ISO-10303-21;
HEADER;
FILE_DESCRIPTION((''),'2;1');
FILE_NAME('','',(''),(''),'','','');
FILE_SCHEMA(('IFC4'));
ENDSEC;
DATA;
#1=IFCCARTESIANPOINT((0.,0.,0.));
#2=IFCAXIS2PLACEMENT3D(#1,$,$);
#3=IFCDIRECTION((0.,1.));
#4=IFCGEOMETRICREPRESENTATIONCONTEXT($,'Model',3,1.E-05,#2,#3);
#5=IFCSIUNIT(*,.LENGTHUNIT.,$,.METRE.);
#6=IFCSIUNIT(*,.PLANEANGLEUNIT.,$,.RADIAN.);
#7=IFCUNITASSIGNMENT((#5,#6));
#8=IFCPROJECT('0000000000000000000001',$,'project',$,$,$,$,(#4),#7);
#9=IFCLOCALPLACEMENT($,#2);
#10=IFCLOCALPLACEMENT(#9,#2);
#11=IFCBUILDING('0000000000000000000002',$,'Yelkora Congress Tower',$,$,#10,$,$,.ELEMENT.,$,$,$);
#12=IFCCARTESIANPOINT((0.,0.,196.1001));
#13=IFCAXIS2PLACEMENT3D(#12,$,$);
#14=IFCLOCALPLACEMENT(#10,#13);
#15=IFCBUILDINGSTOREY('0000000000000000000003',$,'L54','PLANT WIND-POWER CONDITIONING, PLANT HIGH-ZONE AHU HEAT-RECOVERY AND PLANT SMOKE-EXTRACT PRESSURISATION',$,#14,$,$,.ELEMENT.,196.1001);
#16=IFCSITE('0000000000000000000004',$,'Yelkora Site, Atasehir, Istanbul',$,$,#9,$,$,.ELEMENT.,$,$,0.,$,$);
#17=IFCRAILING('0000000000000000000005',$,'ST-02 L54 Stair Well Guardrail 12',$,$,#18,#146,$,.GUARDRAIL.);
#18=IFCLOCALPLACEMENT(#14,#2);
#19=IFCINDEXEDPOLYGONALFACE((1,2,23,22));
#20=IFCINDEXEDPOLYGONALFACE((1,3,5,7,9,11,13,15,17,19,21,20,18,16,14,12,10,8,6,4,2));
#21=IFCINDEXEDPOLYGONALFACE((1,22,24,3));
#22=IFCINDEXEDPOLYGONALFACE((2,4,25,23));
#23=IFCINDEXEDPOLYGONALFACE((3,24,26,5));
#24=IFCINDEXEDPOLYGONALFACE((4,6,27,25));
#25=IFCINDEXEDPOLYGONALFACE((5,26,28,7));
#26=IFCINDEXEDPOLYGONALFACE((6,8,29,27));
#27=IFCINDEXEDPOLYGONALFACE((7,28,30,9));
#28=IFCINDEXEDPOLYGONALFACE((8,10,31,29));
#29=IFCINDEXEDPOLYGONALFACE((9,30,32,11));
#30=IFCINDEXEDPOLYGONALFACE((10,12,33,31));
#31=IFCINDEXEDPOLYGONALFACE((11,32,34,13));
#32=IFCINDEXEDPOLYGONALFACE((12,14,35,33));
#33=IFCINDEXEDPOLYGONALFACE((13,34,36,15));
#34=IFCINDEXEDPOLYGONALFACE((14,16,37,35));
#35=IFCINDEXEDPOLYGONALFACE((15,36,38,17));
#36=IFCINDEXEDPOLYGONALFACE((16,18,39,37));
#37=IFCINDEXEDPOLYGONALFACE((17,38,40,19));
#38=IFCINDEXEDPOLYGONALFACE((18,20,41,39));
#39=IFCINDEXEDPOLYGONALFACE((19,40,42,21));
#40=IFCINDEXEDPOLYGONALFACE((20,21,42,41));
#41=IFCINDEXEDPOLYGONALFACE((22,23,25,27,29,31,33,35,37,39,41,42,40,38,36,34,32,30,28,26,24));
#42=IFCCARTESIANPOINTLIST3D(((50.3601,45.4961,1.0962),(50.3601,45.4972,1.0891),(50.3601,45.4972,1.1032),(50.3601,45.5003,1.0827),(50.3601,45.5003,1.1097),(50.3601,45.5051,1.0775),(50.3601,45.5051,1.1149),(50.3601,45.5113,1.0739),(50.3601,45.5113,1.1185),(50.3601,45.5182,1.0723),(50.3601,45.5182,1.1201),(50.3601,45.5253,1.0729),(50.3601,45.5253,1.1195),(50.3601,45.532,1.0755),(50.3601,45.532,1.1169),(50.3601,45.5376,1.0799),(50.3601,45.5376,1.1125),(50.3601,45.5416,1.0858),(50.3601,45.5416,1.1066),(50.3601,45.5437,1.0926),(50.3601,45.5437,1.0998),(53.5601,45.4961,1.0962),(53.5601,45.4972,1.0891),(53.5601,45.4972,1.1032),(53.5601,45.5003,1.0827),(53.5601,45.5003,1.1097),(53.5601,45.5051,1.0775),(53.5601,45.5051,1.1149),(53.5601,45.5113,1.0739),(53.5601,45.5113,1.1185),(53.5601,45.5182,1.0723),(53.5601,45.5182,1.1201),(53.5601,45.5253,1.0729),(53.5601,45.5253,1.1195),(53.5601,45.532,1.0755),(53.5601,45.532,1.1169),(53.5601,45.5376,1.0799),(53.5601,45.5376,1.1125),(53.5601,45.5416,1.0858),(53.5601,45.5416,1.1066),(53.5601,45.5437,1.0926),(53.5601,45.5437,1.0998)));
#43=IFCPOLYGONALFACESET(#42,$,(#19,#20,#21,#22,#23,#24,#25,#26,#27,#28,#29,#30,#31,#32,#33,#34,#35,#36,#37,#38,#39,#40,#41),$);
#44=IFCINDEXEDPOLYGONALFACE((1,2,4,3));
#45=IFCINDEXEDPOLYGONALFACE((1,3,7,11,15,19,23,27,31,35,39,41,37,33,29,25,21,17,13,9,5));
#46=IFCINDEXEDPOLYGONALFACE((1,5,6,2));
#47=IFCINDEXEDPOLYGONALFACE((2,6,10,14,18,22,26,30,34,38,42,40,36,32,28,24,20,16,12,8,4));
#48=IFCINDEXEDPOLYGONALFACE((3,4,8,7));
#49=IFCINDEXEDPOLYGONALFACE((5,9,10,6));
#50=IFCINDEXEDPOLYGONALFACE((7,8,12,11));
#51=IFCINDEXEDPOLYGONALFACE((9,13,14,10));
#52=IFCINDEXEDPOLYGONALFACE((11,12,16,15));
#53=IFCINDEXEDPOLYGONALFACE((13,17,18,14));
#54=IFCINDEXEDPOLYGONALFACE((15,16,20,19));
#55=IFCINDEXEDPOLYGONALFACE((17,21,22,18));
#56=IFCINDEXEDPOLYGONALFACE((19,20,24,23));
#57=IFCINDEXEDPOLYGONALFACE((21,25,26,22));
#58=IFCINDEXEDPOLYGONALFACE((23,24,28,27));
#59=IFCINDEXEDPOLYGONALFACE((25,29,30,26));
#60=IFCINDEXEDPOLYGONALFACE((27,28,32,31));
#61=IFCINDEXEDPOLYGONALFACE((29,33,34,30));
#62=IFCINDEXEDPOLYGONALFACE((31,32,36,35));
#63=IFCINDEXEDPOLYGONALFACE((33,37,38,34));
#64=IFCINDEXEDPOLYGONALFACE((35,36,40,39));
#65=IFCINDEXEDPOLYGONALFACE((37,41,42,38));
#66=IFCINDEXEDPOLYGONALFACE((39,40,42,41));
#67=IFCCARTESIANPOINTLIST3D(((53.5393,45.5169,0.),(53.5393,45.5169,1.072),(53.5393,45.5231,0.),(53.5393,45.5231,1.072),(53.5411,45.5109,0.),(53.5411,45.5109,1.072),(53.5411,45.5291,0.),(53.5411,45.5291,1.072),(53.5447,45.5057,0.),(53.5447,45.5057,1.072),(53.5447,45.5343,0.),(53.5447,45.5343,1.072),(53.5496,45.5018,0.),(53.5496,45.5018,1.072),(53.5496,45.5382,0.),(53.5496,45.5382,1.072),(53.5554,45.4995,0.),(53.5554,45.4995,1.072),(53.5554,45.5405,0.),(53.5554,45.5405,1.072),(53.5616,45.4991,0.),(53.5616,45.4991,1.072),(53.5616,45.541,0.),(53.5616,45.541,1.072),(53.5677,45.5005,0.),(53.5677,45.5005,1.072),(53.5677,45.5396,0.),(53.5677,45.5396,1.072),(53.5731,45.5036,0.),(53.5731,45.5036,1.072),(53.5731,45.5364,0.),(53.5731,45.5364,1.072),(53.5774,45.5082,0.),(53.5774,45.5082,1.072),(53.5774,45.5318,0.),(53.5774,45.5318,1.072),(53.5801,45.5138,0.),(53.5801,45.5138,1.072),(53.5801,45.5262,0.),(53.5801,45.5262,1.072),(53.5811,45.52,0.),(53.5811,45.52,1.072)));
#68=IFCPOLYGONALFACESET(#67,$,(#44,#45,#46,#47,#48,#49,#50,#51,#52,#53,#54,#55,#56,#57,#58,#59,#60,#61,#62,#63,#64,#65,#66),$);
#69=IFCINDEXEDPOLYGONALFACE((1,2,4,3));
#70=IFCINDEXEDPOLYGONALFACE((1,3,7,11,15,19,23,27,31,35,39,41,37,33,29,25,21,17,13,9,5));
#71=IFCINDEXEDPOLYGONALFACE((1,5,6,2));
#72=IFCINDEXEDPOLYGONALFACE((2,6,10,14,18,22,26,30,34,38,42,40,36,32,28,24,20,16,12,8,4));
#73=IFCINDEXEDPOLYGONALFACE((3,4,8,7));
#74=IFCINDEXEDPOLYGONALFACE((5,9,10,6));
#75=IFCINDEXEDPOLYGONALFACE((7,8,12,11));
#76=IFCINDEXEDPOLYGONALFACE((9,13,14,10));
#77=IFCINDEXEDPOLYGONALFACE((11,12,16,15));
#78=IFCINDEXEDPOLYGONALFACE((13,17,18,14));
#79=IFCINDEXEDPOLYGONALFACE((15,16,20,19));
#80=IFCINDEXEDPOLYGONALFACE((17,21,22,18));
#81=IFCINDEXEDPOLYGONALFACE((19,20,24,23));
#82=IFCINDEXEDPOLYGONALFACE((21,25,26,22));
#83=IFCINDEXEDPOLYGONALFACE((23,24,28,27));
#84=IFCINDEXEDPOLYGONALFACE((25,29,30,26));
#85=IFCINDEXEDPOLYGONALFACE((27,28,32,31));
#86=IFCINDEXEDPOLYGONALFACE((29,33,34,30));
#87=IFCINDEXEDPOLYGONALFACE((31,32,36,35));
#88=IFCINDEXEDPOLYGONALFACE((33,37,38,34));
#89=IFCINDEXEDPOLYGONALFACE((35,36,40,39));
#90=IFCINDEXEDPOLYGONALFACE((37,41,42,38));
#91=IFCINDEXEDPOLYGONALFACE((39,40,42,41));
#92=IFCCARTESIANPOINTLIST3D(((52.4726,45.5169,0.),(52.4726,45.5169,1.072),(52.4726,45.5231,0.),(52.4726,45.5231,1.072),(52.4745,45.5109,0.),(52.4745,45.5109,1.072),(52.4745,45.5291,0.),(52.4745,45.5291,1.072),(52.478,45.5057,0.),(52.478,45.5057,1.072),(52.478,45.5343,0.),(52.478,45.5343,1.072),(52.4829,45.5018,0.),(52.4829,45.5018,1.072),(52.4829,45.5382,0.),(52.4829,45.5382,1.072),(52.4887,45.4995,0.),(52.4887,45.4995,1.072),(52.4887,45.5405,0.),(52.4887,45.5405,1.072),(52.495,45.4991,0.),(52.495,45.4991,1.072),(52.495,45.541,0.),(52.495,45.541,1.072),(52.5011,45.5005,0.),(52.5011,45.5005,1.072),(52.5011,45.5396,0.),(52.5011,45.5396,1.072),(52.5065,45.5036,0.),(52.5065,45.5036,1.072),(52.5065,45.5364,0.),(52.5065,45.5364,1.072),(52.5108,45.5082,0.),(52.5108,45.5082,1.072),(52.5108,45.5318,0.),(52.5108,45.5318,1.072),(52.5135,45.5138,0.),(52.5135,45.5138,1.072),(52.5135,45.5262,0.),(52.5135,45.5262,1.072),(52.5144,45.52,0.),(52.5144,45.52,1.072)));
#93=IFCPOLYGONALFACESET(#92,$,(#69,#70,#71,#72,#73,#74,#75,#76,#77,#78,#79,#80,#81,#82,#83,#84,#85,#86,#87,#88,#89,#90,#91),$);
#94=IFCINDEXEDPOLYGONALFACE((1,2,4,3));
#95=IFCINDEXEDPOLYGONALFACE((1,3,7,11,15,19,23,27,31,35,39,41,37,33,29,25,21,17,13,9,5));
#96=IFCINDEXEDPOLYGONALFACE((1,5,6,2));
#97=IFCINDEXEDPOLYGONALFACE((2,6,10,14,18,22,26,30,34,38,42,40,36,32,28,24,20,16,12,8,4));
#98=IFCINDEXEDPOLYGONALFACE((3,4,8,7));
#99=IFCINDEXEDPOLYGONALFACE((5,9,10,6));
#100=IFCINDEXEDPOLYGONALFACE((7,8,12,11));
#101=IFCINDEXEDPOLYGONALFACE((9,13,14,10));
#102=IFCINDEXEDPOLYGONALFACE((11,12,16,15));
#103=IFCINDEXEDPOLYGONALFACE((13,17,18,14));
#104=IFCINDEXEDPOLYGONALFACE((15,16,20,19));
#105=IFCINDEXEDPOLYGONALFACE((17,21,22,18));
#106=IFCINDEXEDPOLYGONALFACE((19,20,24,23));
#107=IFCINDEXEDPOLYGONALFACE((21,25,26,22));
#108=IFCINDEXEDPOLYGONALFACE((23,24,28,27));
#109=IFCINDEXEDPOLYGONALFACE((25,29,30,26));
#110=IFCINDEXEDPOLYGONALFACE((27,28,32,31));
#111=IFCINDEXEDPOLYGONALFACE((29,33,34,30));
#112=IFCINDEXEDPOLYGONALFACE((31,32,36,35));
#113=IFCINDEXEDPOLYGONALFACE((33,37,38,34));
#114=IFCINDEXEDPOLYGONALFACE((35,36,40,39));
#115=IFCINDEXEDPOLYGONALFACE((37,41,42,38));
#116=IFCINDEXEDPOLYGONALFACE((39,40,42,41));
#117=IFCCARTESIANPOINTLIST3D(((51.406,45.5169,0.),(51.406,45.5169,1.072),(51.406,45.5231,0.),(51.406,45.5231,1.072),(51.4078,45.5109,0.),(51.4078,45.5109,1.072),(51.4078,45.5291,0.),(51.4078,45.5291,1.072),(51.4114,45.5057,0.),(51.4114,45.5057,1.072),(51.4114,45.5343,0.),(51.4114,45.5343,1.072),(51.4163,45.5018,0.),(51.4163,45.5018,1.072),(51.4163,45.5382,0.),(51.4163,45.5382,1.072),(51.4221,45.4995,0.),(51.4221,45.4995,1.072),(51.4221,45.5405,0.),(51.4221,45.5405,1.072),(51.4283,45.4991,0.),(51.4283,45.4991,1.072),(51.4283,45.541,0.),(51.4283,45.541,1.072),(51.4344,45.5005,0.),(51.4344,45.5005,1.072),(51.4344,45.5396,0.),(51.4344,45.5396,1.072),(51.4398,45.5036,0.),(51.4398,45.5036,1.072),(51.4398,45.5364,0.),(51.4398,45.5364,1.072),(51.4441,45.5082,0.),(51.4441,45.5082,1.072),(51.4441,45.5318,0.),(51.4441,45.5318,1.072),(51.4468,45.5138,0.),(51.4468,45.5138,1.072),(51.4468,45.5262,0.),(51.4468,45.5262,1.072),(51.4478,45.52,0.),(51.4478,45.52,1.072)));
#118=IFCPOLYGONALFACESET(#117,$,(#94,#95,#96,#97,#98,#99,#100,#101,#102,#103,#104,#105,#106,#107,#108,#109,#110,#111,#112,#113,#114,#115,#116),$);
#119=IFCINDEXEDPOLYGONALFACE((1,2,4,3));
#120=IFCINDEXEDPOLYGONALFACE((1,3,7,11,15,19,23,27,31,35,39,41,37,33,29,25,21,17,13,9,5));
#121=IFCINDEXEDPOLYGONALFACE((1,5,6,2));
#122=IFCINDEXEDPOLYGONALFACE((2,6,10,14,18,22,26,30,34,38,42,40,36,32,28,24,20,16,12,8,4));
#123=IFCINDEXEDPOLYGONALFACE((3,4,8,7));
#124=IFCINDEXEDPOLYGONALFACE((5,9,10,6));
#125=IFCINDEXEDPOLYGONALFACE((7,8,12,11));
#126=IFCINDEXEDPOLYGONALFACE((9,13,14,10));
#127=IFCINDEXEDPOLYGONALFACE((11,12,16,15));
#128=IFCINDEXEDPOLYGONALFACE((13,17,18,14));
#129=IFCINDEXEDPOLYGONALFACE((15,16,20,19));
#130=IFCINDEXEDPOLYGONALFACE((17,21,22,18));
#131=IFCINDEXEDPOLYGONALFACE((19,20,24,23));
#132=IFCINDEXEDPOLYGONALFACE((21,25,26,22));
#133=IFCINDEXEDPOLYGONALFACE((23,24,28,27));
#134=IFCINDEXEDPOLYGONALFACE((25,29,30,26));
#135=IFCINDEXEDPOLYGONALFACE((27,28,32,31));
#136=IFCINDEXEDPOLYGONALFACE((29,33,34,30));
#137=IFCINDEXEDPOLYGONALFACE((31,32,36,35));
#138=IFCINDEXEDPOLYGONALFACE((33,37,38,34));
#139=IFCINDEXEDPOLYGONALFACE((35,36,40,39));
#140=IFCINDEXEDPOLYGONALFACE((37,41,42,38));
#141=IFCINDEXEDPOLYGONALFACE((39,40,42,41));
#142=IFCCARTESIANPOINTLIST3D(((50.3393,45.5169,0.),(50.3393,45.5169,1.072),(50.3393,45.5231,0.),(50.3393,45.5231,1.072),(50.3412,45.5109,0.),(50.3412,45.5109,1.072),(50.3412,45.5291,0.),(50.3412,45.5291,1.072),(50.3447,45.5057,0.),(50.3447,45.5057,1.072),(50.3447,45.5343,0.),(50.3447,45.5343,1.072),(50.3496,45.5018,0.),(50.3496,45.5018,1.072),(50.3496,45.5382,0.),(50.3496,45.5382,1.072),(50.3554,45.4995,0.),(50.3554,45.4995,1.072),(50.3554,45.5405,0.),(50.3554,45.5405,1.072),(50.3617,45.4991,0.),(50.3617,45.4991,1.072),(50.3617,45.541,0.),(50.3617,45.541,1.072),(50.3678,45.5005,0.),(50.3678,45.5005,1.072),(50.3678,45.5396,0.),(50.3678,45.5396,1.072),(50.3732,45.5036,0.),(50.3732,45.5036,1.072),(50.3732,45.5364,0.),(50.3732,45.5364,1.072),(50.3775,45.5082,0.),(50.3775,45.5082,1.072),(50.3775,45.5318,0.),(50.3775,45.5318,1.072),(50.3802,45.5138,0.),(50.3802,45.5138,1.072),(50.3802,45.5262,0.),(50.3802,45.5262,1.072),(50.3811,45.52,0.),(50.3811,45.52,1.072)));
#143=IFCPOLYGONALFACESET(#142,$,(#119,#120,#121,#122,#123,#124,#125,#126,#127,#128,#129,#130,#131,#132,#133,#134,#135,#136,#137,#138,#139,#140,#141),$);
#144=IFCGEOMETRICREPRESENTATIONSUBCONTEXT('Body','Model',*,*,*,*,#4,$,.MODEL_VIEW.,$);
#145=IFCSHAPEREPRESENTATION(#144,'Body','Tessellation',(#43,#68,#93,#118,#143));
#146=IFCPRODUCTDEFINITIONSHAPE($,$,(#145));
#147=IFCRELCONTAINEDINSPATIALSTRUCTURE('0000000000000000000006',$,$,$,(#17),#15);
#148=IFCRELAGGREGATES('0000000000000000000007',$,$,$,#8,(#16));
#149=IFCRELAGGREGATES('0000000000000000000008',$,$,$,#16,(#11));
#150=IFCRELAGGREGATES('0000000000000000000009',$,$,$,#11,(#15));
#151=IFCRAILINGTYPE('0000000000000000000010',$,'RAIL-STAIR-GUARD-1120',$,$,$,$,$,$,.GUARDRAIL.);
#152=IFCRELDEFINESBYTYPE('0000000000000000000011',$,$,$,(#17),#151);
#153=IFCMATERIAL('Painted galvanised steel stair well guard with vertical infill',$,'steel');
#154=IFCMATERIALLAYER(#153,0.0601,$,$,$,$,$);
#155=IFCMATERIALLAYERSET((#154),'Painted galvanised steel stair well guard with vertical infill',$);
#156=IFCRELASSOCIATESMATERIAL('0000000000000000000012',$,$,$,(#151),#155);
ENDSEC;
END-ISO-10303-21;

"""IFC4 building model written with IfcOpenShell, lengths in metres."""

from ifc_helpers import new_model, si_unit, direction, frame, origin, origin_2d, place, context, subcontext, project, spatial, circle, extrude, material, layer, layer_set, type_object, element, save


model = new_model("IFC4")

# Units and contexts
model_context = context("Model", 3, precision=1e-05, world=origin(), true_north=direction((0.0, 1.0)))
body_context = subcontext(model_context, "Body", "Model", "MODEL_VIEW")
ifc_project = project(units=[si_unit("LENGTHUNIT", "METRE"), si_unit("PLANEANGLEUNIT", "RADIAN")], contexts=[model_context])

# Site, building, storey
site_placement = place(None, origin())
site = spatial("IfcSite", under=ifc_project, at=site_placement, Name="Yelkora Site, Atasehir, Istanbul", CompositionType="ELEMENT", RefElevation=0.0)
building_placement = place(site_placement, origin())
building = spatial("IfcBuilding", under=site, at=building_placement, Name="Yelkora Congress Tower", CompositionType="ELEMENT")
storey_placement = place(building_placement, frame((0.0, 0.0, 196.1001)))
storey = spatial("IfcBuildingStorey", under=building, at=storey_placement, Name="L54", Description="PLANT WIND-POWER CONDITIONING, PLANT HIGH-ZONE AHU HEAT-RECOVERY AND PLANT SMOKE-EXTRACT PRESSURISATION", CompositionType="ELEMENT", Elevation=196.1001)

# Railing
ifc_material_1 = material(Name="Painted galvanised steel stair well guard with vertical infill", Category="steel")
ifc_layer_1 = layer(ifc_material_1, 0.0601)
ifc_layer_set_1 = layer_set([ifc_layer_1], Name="Painted galvanised steel stair well guard with vertical infill")
railing_type_1 = type_object("IfcRailingType", Name="RAIL-STAIR-GUARD-1120", PredefinedType="GUARDRAIL", material=ifc_layer_set_1)
railing_1_placement = place(storey_placement, frame((53.5601, 45.52, 0.0)))
element("IfcRailing", 1, at=railing_1_placement, inside=storey, type_object=railing_type_1, Name="ST-02 L54 Stair Well Guardrail 12", PredefinedType="GUARDRAIL", context=body_context, shape_type="SweptSolid", body=[
    extrude(circle(Radius=0.0239, at=origin_2d()), frame((0.0, 0.0, 1.0962), z_axis=(-1.0, 0.0, 0.0), x_axis=(0.0, -1.0, 0.0)), (0.0, 0.0, 1.0), 3.2),
    extrude(circle(Radius=0.021, at=origin_2d()), origin(), (0.0, 0.0, 1.0), 1.072),
    extrude(circle(Radius=0.021, at=origin_2d()), frame((-1.0667, 0.0, 0.0)), (0.0, 0.0, 1.0), 1.072),
    extrude(circle(Radius=0.021, at=origin_2d()), frame((-2.1333, 0.0, 0.0)), (0.0, 0.0, 1.0), 1.072),
    extrude(circle(Radius=0.021, at=origin_2d()), frame((-3.2, 0.0, 0.0)), (0.0, 0.0, 1.0), 1.072),
])

save(model, "model.ifc")
